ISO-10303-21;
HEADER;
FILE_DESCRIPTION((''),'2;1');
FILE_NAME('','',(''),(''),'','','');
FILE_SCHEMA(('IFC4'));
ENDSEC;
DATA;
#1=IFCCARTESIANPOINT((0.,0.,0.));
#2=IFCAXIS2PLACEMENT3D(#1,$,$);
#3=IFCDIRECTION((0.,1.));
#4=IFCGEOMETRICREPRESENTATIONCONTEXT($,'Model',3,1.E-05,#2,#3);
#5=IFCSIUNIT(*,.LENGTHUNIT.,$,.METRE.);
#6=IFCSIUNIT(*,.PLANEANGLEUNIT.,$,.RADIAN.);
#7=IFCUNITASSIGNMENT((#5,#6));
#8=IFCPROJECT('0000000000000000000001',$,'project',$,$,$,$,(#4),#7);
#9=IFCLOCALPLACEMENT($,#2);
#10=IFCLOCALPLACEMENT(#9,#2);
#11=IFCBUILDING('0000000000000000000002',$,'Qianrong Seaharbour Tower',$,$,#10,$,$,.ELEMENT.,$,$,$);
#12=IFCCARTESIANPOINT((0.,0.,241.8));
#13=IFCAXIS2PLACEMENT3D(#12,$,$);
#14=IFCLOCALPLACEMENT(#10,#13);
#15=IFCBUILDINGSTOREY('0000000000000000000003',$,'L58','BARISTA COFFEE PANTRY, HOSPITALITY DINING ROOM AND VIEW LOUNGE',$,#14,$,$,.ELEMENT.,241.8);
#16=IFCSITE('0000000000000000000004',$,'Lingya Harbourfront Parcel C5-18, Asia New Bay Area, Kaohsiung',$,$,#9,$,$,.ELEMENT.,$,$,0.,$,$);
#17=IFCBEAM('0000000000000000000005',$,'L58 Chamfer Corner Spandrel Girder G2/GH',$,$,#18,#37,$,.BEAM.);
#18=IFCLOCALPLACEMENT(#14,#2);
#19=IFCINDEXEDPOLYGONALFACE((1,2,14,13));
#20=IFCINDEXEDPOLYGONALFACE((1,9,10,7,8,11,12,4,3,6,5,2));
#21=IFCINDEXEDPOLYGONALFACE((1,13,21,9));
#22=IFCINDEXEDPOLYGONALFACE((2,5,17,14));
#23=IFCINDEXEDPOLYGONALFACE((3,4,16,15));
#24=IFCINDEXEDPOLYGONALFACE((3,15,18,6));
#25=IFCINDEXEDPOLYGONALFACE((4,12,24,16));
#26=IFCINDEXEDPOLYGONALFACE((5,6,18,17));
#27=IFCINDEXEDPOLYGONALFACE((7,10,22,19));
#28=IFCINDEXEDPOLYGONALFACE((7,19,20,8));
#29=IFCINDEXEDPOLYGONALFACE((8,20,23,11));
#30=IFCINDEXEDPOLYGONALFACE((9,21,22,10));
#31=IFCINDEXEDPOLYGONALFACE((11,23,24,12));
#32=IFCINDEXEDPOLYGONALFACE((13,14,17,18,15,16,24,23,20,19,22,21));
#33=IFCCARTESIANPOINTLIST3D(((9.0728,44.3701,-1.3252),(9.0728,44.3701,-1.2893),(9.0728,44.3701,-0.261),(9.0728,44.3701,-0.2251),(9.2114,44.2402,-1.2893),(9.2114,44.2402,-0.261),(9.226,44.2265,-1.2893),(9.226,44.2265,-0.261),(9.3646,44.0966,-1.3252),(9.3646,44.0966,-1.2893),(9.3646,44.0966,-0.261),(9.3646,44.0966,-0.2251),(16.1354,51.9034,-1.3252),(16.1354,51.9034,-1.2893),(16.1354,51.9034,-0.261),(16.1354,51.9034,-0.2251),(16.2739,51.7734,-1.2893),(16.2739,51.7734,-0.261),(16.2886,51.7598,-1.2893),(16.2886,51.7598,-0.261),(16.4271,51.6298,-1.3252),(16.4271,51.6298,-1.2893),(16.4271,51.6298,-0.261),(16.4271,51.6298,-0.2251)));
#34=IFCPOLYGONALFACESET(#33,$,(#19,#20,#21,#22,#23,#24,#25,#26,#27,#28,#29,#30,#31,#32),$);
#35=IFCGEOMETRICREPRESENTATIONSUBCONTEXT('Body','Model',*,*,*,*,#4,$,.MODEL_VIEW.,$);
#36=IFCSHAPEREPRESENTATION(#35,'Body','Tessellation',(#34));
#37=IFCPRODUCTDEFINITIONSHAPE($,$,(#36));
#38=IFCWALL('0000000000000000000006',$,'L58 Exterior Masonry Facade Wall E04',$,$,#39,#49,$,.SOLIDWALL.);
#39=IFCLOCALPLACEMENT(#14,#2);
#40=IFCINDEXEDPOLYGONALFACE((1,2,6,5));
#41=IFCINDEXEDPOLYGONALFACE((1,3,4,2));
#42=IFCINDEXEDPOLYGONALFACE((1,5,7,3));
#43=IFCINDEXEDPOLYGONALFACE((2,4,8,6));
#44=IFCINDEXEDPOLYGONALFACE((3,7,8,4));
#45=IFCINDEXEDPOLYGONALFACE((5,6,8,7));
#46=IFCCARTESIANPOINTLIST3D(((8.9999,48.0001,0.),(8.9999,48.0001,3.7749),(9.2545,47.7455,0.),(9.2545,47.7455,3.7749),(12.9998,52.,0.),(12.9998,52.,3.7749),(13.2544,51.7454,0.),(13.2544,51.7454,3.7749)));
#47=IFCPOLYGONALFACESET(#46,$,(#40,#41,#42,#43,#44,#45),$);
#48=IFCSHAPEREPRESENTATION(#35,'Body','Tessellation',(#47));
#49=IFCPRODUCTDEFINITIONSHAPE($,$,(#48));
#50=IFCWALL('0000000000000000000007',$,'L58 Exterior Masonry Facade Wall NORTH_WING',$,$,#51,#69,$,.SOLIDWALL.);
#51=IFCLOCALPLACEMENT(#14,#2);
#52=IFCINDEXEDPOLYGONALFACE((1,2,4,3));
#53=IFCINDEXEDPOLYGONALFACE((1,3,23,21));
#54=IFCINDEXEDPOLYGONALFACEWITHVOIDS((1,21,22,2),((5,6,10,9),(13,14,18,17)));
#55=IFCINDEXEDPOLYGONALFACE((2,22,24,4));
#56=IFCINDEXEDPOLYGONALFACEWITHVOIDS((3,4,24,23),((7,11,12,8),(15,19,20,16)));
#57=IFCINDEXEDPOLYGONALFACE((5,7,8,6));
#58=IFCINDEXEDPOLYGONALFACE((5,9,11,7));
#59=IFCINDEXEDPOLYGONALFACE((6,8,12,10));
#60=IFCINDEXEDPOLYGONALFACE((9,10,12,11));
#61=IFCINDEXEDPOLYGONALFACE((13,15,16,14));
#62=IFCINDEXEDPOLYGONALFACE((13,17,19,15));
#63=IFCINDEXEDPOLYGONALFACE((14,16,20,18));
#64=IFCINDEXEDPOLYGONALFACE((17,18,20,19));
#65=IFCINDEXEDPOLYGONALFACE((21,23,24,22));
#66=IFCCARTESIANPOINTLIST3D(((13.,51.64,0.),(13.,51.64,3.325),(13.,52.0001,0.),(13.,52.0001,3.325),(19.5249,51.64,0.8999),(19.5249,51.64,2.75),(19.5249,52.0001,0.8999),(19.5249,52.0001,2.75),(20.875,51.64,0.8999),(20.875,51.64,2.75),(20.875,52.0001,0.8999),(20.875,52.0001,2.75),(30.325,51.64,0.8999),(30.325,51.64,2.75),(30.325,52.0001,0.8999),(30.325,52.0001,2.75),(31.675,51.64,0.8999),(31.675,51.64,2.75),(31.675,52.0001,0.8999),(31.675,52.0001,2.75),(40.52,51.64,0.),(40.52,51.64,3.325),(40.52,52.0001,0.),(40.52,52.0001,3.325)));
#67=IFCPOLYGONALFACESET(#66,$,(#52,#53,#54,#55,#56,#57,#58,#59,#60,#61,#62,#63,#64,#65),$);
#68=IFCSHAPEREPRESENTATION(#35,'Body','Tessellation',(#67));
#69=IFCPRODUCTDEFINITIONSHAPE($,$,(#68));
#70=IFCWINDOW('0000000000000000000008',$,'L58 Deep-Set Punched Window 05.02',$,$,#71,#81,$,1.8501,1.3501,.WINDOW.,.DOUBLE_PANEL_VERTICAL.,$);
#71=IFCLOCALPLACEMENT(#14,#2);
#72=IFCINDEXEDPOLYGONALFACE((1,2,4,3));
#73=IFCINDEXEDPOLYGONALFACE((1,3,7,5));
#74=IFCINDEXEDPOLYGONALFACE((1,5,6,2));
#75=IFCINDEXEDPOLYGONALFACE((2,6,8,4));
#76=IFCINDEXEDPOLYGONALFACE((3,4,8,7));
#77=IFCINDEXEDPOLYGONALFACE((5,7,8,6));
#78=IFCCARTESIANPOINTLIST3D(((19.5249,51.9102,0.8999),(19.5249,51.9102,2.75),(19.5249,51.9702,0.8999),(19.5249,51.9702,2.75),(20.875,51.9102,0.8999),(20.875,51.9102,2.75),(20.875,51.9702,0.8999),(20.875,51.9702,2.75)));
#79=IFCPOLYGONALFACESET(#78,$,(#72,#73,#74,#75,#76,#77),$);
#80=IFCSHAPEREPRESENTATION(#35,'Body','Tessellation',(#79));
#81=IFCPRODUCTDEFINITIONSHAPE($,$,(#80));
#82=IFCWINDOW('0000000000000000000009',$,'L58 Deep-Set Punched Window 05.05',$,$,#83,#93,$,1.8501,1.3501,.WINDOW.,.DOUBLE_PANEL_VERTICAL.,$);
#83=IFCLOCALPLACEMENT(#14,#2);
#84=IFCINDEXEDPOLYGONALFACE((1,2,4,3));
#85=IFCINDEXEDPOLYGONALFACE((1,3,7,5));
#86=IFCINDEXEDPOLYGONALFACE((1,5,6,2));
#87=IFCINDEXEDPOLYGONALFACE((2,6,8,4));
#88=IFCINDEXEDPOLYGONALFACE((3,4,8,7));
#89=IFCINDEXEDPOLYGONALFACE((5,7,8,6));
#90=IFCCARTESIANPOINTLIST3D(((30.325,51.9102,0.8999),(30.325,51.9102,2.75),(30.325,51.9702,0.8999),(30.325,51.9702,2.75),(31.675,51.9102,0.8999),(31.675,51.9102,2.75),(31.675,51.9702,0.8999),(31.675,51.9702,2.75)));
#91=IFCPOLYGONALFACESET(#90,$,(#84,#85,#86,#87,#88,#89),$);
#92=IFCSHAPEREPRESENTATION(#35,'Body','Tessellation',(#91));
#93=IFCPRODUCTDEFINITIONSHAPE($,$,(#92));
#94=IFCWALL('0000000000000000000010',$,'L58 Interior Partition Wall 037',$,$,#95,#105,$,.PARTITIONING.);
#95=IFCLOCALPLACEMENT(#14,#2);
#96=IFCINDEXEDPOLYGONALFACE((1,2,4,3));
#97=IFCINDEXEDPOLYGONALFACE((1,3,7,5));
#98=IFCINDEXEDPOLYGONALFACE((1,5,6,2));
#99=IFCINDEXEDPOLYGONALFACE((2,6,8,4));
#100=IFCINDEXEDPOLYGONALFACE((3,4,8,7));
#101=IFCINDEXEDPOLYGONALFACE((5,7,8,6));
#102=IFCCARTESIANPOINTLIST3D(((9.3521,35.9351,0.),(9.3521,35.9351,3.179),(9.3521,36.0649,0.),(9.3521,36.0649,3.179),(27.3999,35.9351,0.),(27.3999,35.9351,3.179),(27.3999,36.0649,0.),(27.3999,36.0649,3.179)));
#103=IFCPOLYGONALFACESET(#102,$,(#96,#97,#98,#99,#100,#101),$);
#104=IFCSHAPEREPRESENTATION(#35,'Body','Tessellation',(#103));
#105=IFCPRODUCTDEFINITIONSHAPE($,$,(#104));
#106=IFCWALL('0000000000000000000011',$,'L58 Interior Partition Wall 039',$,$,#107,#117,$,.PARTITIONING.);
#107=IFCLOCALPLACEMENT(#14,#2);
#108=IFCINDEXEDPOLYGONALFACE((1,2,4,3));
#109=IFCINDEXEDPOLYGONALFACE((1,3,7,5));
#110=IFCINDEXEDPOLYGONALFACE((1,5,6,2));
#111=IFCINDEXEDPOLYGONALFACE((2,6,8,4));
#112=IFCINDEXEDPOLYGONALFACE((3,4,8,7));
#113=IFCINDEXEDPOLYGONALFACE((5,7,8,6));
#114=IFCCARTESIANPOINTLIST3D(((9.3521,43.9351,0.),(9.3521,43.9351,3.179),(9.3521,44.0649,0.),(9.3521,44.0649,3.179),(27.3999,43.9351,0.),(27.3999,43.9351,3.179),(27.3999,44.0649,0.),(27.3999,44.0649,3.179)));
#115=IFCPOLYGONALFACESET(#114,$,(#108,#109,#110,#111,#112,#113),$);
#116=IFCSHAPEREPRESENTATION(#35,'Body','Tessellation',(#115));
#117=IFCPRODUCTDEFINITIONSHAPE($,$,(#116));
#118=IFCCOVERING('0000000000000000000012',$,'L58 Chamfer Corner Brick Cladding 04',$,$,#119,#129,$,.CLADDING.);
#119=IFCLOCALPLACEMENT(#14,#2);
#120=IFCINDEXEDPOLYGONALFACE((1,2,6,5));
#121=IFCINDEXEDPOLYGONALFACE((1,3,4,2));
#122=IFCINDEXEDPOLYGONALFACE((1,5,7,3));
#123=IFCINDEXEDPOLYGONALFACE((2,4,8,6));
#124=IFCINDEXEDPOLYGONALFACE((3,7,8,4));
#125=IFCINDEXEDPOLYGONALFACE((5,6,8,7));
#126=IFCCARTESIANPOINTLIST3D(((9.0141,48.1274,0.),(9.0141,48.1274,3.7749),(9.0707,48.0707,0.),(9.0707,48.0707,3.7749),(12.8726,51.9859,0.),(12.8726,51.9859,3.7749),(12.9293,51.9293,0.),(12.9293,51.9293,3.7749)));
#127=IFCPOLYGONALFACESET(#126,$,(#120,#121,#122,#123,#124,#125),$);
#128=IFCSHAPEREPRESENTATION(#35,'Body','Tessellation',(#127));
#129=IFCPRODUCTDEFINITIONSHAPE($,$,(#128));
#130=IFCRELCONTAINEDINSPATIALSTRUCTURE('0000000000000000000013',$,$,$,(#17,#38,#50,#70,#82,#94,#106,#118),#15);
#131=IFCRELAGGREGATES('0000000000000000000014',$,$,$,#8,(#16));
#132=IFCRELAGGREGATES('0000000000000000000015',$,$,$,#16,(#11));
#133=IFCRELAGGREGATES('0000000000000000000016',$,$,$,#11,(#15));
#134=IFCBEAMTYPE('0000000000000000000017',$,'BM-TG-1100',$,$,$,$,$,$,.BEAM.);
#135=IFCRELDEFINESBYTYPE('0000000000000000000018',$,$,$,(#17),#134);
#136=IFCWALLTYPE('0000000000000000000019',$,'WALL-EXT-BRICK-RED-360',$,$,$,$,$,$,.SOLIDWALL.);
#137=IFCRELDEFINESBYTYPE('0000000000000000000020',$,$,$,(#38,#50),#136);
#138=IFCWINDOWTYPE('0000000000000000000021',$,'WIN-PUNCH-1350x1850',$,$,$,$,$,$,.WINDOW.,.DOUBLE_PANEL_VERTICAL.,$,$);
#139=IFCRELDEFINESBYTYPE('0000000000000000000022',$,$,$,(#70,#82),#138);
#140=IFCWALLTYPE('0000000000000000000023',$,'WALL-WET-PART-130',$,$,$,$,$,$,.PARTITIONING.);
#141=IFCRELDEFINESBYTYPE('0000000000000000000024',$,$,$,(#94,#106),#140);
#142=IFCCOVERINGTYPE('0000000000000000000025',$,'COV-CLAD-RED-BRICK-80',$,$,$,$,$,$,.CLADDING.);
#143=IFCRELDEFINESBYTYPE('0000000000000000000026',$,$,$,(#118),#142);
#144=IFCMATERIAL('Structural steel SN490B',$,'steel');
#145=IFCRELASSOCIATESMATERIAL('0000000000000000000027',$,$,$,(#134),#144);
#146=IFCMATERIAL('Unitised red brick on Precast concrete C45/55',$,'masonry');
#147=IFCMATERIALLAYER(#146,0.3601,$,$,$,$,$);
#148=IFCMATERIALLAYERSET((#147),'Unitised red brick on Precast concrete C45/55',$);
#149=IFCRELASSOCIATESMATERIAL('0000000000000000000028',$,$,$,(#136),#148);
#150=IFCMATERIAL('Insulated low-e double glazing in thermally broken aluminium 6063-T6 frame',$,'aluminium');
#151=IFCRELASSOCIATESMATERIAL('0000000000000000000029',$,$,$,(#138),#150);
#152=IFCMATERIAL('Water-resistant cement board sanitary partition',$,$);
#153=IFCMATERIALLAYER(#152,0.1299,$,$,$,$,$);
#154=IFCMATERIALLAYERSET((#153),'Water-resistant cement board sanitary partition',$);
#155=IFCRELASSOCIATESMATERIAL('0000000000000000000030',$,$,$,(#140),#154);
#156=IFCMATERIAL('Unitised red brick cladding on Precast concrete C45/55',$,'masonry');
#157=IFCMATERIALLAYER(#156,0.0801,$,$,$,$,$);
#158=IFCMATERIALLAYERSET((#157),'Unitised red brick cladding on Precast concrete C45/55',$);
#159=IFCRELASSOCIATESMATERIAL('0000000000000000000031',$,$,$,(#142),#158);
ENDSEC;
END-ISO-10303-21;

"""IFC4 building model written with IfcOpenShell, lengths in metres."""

from ifc_helpers import new_model, si_unit, direction, frame, frame_2d, origin, origin_2d, place, context, subcontext, project, spatial, rectangle, i_section, extrude, material, layer, layer_set, material_profile, profile_set, type_object, element, fill, save


model = new_model("IFC4")

# Units and contexts
model_context = context("Model", 3, precision=1e-05, world=origin(), true_north=direction((0.0, 1.0)))
body_context = subcontext(model_context, "Body", "Model", "MODEL_VIEW")
ifc_project = project(units=[si_unit("LENGTHUNIT", "METRE"), si_unit("PLANEANGLEUNIT", "RADIAN")], contexts=[model_context])

# Site, building, storey
site_placement = place(None, origin())
site = spatial("IfcSite", under=ifc_project, at=site_placement, Name="Lingya Harbourfront Parcel C5-18, Asia New Bay Area, Kaohsiung", CompositionType="ELEMENT", RefElevation=0.0)
building_placement = place(site_placement, origin())
building = spatial("IfcBuilding", under=site, at=building_placement, Name="Qianrong Seaharbour Tower", CompositionType="ELEMENT")
storey_placement = place(building_placement, frame((0.0, 0.0, 241.8)))
storey = spatial("IfcBuildingStorey", under=building, at=storey_placement, Name="L58", Description="BARISTA COFFEE PANTRY, HOSPITALITY DINING ROOM AND VIEW LOUNGE", CompositionType="ELEMENT", Elevation=241.8)

# Shared definitions
ifc_material_1 = material(Name="Structural steel SN490B", Category="steel")

# Beam
ifc_material_profile_1 = material_profile(ifc_material_1, i_section(OverallWidth=0.3999, OverallDepth=1.1001, WebThickness=0.02, FlangeThickness=0.0359, at=origin_2d()), Name="BH1100x400x20x36")
ifc_profile_set_1 = profile_set([ifc_material_profile_1], Name="Structural steel SN490B")
beam_type_1 = type_object("IfcBeamType", Name="BM-TG-1100", PredefinedType="BEAM", material=ifc_profile_set_1)
beam_1_placement = place(storey_placement, frame((16.2812, 51.7666, -0.7751), z_axis=(-0.683947, -0.729531, 0.0), x_axis=(0.729531, -0.683947, 0.0)))
element("IfcBeam", 1, at=beam_1_placement, inside=storey, type_object=beam_type_1, Name="L58 Chamfer Corner Spandrel Girder G2/GH", PredefinedType="BEAM", context=body_context, shape_type="SweptSolid", body=[
    extrude(i_section(OverallWidth=0.3999, OverallDepth=1.1001, WebThickness=0.02, FlangeThickness=0.0359, at=origin_2d()), origin(), (0.0, 0.0, 1.0), 10.3262),
])

# Wall
ifc_material_2 = material(Name="Unitised red brick on Precast concrete C45/55", Category="masonry")
ifc_layer_1 = layer(ifc_material_2, 0.3601)
ifc_layer_set_1 = layer_set([ifc_layer_1], Name="Unitised red brick on Precast concrete C45/55")
wall_type_1 = type_object("IfcWallType", Name="WALL-EXT-BRICK-RED-360", PredefinedType="SOLIDWALL", material=ifc_layer_set_1)
wall_1_placement = place(storey_placement, frame((9.1272, 47.8728, 0.0), z_axis=(0.0, 0.0, 1.0), x_axis=(0.707107, 0.707107, 0.0)))
element("IfcWall", 2, at=wall_1_placement, inside=storey, type_object=wall_type_1, Name="L58 Exterior Masonry Facade Wall E04", PredefinedType="SOLIDWALL", context=body_context, shape_type="SweptSolid", body=[
    extrude(rectangle(XDim=5.6567, YDim=0.3601, at=frame_2d((2.8284, 0.0))), origin(), (0.0, 0.0, 1.0), 3.7749),
])

# Wall, openings, windows
wall_2_placement = place(storey_placement, frame((13.0, 51.8201, 0.0), z_axis=(0.0, 0.0, 1.0), x_axis=(1.0, 0.0, 0.0)))
wall_2 = element("IfcWall", 3, at=wall_2_placement, inside=storey, type_object=wall_type_1, Name="L58 Exterior Masonry Facade Wall NORTH_WING", PredefinedType="SOLIDWALL", context=body_context, shape_type="SweptSolid", body=[
    extrude(rectangle(XDim=27.52, YDim=0.3601, at=frame_2d((13.76, 0.0))), origin(), (0.0, 0.0, 1.0), 3.325),
])
opening_1_placement = place(wall_2_placement, frame((6.5249, 0.0, 0.8999)))
opening_1 = element("IfcOpeningElement", 4, at=opening_1_placement, cuts=wall_2, PredefinedType="OPENING", context=body_context, shape_type="SweptSolid", body=[
    extrude(rectangle(XDim=1.3501, YDim=1.8501, at=frame_2d((0.675, 0.925))), frame((0.0, 0.1899, 0.0), z_axis=(0.0, -1.0, 0.0), x_axis=(1.0, 0.0, 0.0)), (0.0, 0.0, 1.0), 0.3801),
])
opening_2_placement = place(wall_2_placement, frame((17.325, 0.0, 0.8999)))
opening_2 = element("IfcOpeningElement", 5, at=opening_2_placement, cuts=wall_2, PredefinedType="OPENING", context=body_context, shape_type="SweptSolid", body=[
    extrude(rectangle(XDim=1.3501, YDim=1.8501, at=frame_2d((0.675, 0.925))), frame((0.0, 0.1899, 0.0), z_axis=(0.0, -1.0, 0.0), x_axis=(1.0, 0.0, 0.0)), (0.0, 0.0, 1.0), 0.3801),
])
ifc_material_3 = material(Name="Insulated low-e double glazing in thermally broken aluminium 6063-T6 frame", Category="aluminium")
window_type = type_object("IfcWindowType", Name="WIN-PUNCH-1350x1850", PartitioningType="DOUBLE_PANEL_VERTICAL", PredefinedType="WINDOW", material=ifc_material_3)
window_1_placement = place(opening_1_placement, origin())
window_1 = element("IfcWindow", 6, at=window_1_placement, inside=storey, type_object=window_type, Name="L58 Deep-Set Punched Window 05.02", OverallHeight=1.8501, OverallWidth=1.3501, PartitioningType="DOUBLE_PANEL_VERTICAL", PredefinedType="WINDOW", context=body_context, shape_type="SweptSolid", body=[
    extrude(rectangle(XDim=1.3501, YDim=1.8501, at=frame_2d((0.675, 0.925))), frame((0.0, 0.1501, 0.0), z_axis=(0.0, -1.0, 0.0), x_axis=(1.0, 0.0, 0.0)), (0.0, 0.0, 1.0), 0.0601),
])
fill(opening_1, window_1)
window_2_placement = place(opening_2_placement, origin())
window_2 = element("IfcWindow", 7, at=window_2_placement, inside=storey, type_object=window_type, Name="L58 Deep-Set Punched Window 05.05", OverallHeight=1.8501, OverallWidth=1.3501, PartitioningType="DOUBLE_PANEL_VERTICAL", PredefinedType="WINDOW", context=body_context, shape_type="SweptSolid", body=[
    extrude(rectangle(XDim=1.3501, YDim=1.8501, at=frame_2d((0.675, 0.925))), frame((0.0, 0.1501, 0.0), z_axis=(0.0, -1.0, 0.0), x_axis=(1.0, 0.0, 0.0)), (0.0, 0.0, 1.0), 0.0601),
])
fill(opening_2, window_2)

# Walls
ifc_material_4 = material(Name="Water-resistant cement board sanitary partition")
ifc_layer_2 = layer(ifc_material_4, 0.1299)
ifc_layer_set_2 = layer_set([ifc_layer_2], Name="Water-resistant cement board sanitary partition")
wall_type_2 = type_object("IfcWallType", Name="WALL-WET-PART-130", PredefinedType="PARTITIONING", material=ifc_layer_set_2)
for number, where, z_axis, x_axis, name in (
    (8, (9.3521, 36.0, 0.0), (0.0, 0.0, 1.0), (1.0, 0.0, 0.0), "L58 Interior Partition Wall 037"),
    (9, (9.3521, 44.0, 0.0), (0.0, 0.0, 1.0), (1.0, 0.0, 0.0), "L58 Interior Partition Wall 039"),
):
    element("IfcWall", number, at=place(storey_placement, frame(where, z_axis=z_axis, x_axis=x_axis)), inside=storey, type_object=wall_type_2, Name=name, PredefinedType="PARTITIONING", context=body_context, shape_type="SweptSolid", body=[
        extrude(rectangle(XDim=18.0479, YDim=0.1299, at=frame_2d((9.0239, 0.0))), origin(), (0.0, 0.0, 1.0), 3.179),
    ])

# Covering
ifc_material_5 = material(Name="Unitised red brick cladding on Precast concrete C45/55", Category="masonry")
ifc_layer_3 = layer(ifc_material_5, 0.0801)
ifc_layer_set_3 = layer_set([ifc_layer_3], Name="Unitised red brick cladding on Precast concrete C45/55")
covering_type = type_object("IfcCoveringType", Name="COV-CLAD-RED-BRICK-80", PredefinedType="CLADDING", material=ifc_layer_set_3)
covering_placement = place(storey_placement, frame((10.9717, 50.0283, 0.0), z_axis=(0.0, 0.0, 1.0), x_axis=(0.707107, 0.707107, 0.0)))
element("IfcCovering", 10, at=covering_placement, inside=storey, type_object=covering_type, Name="L58 Chamfer Corner Brick Cladding 04", PredefinedType="CLADDING", context=body_context, shape_type="SweptSolid", body=[
    extrude(rectangle(XDim=5.4568, YDim=0.0801, at=origin_2d()), origin(), (0.0, 0.0, 1.0), 3.7749),
])

save(model, "model.ifc")
